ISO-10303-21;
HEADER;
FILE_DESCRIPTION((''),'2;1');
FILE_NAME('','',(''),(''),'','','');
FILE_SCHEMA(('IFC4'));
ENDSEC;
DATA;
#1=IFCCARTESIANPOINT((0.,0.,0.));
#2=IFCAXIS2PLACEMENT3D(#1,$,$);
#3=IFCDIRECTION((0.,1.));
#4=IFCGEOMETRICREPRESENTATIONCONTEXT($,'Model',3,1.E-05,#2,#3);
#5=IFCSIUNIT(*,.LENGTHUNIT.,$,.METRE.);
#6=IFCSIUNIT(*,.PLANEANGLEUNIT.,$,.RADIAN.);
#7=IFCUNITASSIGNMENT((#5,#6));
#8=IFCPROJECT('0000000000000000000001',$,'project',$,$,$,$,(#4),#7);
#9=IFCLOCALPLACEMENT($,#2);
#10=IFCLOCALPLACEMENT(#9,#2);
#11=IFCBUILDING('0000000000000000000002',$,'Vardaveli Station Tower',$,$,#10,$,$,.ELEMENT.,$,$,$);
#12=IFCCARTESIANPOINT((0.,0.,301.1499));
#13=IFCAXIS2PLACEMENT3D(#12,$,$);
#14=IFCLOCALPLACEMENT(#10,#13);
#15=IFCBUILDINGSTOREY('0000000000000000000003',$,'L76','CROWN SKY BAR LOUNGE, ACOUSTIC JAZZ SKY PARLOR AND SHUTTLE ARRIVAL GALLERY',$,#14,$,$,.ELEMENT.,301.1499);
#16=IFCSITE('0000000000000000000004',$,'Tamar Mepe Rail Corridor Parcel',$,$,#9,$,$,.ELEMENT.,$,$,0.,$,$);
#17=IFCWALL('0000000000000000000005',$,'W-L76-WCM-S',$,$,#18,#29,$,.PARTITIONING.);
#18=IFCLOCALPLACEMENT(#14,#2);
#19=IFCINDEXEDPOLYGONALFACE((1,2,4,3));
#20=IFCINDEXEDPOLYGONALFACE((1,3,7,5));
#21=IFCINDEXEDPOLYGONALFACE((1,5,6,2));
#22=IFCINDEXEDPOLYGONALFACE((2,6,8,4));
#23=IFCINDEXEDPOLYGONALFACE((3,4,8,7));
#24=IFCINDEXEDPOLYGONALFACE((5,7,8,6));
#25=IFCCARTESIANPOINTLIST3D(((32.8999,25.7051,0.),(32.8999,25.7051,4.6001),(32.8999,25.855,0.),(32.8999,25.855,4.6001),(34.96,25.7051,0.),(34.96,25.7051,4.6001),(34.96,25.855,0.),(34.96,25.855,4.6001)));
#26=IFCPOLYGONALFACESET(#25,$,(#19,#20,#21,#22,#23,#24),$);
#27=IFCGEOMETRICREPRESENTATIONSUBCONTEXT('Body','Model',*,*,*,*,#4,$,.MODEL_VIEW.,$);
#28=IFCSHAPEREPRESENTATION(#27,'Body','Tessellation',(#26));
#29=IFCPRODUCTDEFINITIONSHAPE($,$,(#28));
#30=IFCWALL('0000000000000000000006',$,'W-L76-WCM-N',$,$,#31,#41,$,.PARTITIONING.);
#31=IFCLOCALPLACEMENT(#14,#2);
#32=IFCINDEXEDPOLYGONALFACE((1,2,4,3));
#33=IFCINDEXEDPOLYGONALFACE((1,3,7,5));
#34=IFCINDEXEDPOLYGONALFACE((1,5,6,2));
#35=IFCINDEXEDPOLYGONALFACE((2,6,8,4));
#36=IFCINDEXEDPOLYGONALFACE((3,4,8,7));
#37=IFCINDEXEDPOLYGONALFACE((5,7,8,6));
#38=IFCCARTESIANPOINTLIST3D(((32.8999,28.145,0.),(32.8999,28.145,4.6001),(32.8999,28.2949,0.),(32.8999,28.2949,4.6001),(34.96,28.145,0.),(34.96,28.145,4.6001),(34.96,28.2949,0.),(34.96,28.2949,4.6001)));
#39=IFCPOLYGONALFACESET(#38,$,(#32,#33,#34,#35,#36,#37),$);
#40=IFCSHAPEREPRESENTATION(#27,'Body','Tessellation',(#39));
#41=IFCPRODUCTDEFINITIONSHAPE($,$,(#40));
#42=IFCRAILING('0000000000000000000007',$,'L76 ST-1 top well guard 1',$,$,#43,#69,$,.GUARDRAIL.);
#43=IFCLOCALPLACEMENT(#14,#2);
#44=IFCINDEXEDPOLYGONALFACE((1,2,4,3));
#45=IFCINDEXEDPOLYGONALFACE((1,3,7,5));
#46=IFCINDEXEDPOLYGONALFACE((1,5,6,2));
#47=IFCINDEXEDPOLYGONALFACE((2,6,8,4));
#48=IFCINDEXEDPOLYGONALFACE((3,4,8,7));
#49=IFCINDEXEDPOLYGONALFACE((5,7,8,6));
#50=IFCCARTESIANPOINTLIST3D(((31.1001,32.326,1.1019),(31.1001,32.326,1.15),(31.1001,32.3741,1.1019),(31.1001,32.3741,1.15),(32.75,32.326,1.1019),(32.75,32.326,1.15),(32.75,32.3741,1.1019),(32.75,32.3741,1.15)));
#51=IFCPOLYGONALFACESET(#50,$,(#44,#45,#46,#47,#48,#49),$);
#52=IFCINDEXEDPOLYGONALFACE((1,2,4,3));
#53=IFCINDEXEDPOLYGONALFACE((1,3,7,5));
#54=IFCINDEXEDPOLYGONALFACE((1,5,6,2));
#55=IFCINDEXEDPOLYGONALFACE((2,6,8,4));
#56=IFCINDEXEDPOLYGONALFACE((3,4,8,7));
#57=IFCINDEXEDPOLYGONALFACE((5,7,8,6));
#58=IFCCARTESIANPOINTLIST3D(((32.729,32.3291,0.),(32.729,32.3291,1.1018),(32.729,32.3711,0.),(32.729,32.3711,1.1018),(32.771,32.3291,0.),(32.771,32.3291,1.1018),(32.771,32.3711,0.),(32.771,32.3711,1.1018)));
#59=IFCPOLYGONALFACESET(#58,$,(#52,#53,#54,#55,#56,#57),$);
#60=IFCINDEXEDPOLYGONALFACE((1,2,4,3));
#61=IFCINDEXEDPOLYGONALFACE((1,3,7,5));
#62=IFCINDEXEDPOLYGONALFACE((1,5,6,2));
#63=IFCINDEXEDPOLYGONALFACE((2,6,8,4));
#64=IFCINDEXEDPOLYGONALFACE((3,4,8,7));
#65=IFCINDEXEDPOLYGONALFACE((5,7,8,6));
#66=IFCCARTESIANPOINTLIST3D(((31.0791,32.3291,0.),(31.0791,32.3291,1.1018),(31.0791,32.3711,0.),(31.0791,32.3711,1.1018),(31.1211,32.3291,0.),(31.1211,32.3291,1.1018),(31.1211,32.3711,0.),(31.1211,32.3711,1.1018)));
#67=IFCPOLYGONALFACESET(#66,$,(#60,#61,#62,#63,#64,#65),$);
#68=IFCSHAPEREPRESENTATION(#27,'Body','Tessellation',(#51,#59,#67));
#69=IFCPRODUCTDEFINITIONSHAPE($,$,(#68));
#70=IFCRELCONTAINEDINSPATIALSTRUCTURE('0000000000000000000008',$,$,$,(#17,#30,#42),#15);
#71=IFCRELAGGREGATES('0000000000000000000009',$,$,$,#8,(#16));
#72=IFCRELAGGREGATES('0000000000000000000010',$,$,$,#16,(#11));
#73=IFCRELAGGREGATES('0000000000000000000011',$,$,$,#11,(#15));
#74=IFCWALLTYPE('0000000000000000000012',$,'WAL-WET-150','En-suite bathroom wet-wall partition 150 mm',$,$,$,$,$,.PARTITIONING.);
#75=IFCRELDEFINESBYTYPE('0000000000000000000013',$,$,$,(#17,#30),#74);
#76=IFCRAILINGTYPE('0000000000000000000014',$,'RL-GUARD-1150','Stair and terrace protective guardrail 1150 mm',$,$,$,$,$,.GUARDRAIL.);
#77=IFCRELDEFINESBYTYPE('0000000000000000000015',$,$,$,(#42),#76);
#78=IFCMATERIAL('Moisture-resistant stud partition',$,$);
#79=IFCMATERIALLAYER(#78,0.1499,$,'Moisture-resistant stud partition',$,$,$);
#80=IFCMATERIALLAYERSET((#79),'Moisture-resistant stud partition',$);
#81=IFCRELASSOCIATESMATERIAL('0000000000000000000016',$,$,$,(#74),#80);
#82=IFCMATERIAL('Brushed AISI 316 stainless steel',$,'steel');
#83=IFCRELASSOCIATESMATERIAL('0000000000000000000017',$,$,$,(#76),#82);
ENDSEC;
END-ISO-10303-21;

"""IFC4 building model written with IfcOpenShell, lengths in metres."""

from ifc_helpers import new_model, si_unit, direction, frame, frame_2d, origin, origin_2d, place, context, subcontext, project, spatial, rectangle, extrude, source, transform, mapped, material, layer, layer_set, type_object, element, save


model = new_model("IFC4")

# Units and contexts
model_context = context("Model", 3, precision=1e-05, world=origin(), true_north=direction((0.0, 1.0)))
body_context = subcontext(model_context, "Body", "Model", "MODEL_VIEW")
ifc_project = project(units=[si_unit("LENGTHUNIT", "METRE"), si_unit("PLANEANGLEUNIT", "RADIAN")], contexts=[model_context])

# Site, building, storey
site_placement = place(None, origin())
site = spatial("IfcSite", under=ifc_project, at=site_placement, Name="Tamar Mepe Rail Corridor Parcel", CompositionType="ELEMENT", RefElevation=0.0)
building_placement = place(site_placement, origin())
building = spatial("IfcBuilding", under=site, at=building_placement, Name="Vardaveli Station Tower", CompositionType="ELEMENT")
storey_placement = place(building_placement, frame((0.0, 0.0, 301.1499)))
storey = spatial("IfcBuildingStorey", under=building, at=storey_placement, Name="L76", Description="CROWN SKY BAR LOUNGE, ACOUSTIC JAZZ SKY PARLOR AND SHUTTLE ARRIVAL GALLERY", CompositionType="ELEMENT", Elevation=301.1499)

# Shared definitions
ifc_material_1 = material(Name="Moisture-resistant stud partition")
ifc_layer_1 = layer(ifc_material_1, 0.1499, Name="Moisture-resistant stud partition")
ifc_layer_set_1 = layer_set([ifc_layer_1], Name="Moisture-resistant stud partition")
wall_type_1 = type_object("IfcWallType", Name="WAL-WET-150", Description="En-suite bathroom wet-wall partition 150 mm", PredefinedType="PARTITIONING", material=ifc_layer_set_1)

# Walls
shared_shape_1 = source(origin(), body_context, "Body", "SweptSolid", [
    extrude(rectangle(XDim=2.0601, YDim=0.1499, at=frame_2d((1.03, 0.0))), origin(), (0.0, 0.0, 1.0), 4.6001),
])
for number, where, z_axis, x_axis, name in (
    (1, (32.8999, 25.78, 0.0), (0.0, 0.0, 1.0), (1.0, 0.0, 0.0), "W-L76-WCM-S"),
    (2, (32.8999, 28.22, 0.0), (0.0, 0.0, 1.0), (1.0, 0.0, 0.0), "W-L76-WCM-N"),
):
    element("IfcWall", number, at=place(storey_placement, frame(where, z_axis=z_axis, x_axis=x_axis)), inside=storey, type_object=wall_type_1, Name=name, PredefinedType="PARTITIONING", context=body_context, shape_type="MappedRepresentation", body=[
        mapped(shared_shape_1, transform((0.0, 0.0, 0.0), scale=1.0)),
    ])

# Railing
ifc_material_2 = material(Name="Brushed AISI 316 stainless steel", Category="steel")
railing_type = type_object("IfcRailingType", Name="RL-GUARD-1150", Description="Stair and terrace protective guardrail 1150 mm", PredefinedType="GUARDRAIL", material=ifc_material_2)
shared_shape_2 = source(origin(), body_context, "Body", "SweptSolid", [
    extrude(rectangle(XDim=0.0481, YDim=0.0481, at=origin_2d()), frame((0.0, 0.0, 1.126), z_axis=(-1.0, 0.0, 0.0), x_axis=(0.0, -1.0, 0.0)), (0.0, 0.0, 1.0), 1.6499),
    extrude(rectangle(XDim=0.042, YDim=0.042, at=origin_2d()), origin(), (0.0, 0.0, 1.0), 1.1018),
    extrude(rectangle(XDim=0.042, YDim=0.042, at=origin_2d()), frame((-1.6499, 0.0, 0.0)), (0.0, 0.0, 1.0), 1.1018),
])
railing_placement = place(storey_placement, frame((32.75, 32.3501, 0.0)))
element("IfcRailing", 3, at=railing_placement, inside=storey, type_object=railing_type, Name="L76 ST-1 top well guard 1", PredefinedType="GUARDRAIL", context=body_context, shape_type="MappedRepresentation", body=[
    mapped(shared_shape_2, transform((0.0, 0.0, 0.0), scale=1.0)),
])

save(model, "model.ifc")
